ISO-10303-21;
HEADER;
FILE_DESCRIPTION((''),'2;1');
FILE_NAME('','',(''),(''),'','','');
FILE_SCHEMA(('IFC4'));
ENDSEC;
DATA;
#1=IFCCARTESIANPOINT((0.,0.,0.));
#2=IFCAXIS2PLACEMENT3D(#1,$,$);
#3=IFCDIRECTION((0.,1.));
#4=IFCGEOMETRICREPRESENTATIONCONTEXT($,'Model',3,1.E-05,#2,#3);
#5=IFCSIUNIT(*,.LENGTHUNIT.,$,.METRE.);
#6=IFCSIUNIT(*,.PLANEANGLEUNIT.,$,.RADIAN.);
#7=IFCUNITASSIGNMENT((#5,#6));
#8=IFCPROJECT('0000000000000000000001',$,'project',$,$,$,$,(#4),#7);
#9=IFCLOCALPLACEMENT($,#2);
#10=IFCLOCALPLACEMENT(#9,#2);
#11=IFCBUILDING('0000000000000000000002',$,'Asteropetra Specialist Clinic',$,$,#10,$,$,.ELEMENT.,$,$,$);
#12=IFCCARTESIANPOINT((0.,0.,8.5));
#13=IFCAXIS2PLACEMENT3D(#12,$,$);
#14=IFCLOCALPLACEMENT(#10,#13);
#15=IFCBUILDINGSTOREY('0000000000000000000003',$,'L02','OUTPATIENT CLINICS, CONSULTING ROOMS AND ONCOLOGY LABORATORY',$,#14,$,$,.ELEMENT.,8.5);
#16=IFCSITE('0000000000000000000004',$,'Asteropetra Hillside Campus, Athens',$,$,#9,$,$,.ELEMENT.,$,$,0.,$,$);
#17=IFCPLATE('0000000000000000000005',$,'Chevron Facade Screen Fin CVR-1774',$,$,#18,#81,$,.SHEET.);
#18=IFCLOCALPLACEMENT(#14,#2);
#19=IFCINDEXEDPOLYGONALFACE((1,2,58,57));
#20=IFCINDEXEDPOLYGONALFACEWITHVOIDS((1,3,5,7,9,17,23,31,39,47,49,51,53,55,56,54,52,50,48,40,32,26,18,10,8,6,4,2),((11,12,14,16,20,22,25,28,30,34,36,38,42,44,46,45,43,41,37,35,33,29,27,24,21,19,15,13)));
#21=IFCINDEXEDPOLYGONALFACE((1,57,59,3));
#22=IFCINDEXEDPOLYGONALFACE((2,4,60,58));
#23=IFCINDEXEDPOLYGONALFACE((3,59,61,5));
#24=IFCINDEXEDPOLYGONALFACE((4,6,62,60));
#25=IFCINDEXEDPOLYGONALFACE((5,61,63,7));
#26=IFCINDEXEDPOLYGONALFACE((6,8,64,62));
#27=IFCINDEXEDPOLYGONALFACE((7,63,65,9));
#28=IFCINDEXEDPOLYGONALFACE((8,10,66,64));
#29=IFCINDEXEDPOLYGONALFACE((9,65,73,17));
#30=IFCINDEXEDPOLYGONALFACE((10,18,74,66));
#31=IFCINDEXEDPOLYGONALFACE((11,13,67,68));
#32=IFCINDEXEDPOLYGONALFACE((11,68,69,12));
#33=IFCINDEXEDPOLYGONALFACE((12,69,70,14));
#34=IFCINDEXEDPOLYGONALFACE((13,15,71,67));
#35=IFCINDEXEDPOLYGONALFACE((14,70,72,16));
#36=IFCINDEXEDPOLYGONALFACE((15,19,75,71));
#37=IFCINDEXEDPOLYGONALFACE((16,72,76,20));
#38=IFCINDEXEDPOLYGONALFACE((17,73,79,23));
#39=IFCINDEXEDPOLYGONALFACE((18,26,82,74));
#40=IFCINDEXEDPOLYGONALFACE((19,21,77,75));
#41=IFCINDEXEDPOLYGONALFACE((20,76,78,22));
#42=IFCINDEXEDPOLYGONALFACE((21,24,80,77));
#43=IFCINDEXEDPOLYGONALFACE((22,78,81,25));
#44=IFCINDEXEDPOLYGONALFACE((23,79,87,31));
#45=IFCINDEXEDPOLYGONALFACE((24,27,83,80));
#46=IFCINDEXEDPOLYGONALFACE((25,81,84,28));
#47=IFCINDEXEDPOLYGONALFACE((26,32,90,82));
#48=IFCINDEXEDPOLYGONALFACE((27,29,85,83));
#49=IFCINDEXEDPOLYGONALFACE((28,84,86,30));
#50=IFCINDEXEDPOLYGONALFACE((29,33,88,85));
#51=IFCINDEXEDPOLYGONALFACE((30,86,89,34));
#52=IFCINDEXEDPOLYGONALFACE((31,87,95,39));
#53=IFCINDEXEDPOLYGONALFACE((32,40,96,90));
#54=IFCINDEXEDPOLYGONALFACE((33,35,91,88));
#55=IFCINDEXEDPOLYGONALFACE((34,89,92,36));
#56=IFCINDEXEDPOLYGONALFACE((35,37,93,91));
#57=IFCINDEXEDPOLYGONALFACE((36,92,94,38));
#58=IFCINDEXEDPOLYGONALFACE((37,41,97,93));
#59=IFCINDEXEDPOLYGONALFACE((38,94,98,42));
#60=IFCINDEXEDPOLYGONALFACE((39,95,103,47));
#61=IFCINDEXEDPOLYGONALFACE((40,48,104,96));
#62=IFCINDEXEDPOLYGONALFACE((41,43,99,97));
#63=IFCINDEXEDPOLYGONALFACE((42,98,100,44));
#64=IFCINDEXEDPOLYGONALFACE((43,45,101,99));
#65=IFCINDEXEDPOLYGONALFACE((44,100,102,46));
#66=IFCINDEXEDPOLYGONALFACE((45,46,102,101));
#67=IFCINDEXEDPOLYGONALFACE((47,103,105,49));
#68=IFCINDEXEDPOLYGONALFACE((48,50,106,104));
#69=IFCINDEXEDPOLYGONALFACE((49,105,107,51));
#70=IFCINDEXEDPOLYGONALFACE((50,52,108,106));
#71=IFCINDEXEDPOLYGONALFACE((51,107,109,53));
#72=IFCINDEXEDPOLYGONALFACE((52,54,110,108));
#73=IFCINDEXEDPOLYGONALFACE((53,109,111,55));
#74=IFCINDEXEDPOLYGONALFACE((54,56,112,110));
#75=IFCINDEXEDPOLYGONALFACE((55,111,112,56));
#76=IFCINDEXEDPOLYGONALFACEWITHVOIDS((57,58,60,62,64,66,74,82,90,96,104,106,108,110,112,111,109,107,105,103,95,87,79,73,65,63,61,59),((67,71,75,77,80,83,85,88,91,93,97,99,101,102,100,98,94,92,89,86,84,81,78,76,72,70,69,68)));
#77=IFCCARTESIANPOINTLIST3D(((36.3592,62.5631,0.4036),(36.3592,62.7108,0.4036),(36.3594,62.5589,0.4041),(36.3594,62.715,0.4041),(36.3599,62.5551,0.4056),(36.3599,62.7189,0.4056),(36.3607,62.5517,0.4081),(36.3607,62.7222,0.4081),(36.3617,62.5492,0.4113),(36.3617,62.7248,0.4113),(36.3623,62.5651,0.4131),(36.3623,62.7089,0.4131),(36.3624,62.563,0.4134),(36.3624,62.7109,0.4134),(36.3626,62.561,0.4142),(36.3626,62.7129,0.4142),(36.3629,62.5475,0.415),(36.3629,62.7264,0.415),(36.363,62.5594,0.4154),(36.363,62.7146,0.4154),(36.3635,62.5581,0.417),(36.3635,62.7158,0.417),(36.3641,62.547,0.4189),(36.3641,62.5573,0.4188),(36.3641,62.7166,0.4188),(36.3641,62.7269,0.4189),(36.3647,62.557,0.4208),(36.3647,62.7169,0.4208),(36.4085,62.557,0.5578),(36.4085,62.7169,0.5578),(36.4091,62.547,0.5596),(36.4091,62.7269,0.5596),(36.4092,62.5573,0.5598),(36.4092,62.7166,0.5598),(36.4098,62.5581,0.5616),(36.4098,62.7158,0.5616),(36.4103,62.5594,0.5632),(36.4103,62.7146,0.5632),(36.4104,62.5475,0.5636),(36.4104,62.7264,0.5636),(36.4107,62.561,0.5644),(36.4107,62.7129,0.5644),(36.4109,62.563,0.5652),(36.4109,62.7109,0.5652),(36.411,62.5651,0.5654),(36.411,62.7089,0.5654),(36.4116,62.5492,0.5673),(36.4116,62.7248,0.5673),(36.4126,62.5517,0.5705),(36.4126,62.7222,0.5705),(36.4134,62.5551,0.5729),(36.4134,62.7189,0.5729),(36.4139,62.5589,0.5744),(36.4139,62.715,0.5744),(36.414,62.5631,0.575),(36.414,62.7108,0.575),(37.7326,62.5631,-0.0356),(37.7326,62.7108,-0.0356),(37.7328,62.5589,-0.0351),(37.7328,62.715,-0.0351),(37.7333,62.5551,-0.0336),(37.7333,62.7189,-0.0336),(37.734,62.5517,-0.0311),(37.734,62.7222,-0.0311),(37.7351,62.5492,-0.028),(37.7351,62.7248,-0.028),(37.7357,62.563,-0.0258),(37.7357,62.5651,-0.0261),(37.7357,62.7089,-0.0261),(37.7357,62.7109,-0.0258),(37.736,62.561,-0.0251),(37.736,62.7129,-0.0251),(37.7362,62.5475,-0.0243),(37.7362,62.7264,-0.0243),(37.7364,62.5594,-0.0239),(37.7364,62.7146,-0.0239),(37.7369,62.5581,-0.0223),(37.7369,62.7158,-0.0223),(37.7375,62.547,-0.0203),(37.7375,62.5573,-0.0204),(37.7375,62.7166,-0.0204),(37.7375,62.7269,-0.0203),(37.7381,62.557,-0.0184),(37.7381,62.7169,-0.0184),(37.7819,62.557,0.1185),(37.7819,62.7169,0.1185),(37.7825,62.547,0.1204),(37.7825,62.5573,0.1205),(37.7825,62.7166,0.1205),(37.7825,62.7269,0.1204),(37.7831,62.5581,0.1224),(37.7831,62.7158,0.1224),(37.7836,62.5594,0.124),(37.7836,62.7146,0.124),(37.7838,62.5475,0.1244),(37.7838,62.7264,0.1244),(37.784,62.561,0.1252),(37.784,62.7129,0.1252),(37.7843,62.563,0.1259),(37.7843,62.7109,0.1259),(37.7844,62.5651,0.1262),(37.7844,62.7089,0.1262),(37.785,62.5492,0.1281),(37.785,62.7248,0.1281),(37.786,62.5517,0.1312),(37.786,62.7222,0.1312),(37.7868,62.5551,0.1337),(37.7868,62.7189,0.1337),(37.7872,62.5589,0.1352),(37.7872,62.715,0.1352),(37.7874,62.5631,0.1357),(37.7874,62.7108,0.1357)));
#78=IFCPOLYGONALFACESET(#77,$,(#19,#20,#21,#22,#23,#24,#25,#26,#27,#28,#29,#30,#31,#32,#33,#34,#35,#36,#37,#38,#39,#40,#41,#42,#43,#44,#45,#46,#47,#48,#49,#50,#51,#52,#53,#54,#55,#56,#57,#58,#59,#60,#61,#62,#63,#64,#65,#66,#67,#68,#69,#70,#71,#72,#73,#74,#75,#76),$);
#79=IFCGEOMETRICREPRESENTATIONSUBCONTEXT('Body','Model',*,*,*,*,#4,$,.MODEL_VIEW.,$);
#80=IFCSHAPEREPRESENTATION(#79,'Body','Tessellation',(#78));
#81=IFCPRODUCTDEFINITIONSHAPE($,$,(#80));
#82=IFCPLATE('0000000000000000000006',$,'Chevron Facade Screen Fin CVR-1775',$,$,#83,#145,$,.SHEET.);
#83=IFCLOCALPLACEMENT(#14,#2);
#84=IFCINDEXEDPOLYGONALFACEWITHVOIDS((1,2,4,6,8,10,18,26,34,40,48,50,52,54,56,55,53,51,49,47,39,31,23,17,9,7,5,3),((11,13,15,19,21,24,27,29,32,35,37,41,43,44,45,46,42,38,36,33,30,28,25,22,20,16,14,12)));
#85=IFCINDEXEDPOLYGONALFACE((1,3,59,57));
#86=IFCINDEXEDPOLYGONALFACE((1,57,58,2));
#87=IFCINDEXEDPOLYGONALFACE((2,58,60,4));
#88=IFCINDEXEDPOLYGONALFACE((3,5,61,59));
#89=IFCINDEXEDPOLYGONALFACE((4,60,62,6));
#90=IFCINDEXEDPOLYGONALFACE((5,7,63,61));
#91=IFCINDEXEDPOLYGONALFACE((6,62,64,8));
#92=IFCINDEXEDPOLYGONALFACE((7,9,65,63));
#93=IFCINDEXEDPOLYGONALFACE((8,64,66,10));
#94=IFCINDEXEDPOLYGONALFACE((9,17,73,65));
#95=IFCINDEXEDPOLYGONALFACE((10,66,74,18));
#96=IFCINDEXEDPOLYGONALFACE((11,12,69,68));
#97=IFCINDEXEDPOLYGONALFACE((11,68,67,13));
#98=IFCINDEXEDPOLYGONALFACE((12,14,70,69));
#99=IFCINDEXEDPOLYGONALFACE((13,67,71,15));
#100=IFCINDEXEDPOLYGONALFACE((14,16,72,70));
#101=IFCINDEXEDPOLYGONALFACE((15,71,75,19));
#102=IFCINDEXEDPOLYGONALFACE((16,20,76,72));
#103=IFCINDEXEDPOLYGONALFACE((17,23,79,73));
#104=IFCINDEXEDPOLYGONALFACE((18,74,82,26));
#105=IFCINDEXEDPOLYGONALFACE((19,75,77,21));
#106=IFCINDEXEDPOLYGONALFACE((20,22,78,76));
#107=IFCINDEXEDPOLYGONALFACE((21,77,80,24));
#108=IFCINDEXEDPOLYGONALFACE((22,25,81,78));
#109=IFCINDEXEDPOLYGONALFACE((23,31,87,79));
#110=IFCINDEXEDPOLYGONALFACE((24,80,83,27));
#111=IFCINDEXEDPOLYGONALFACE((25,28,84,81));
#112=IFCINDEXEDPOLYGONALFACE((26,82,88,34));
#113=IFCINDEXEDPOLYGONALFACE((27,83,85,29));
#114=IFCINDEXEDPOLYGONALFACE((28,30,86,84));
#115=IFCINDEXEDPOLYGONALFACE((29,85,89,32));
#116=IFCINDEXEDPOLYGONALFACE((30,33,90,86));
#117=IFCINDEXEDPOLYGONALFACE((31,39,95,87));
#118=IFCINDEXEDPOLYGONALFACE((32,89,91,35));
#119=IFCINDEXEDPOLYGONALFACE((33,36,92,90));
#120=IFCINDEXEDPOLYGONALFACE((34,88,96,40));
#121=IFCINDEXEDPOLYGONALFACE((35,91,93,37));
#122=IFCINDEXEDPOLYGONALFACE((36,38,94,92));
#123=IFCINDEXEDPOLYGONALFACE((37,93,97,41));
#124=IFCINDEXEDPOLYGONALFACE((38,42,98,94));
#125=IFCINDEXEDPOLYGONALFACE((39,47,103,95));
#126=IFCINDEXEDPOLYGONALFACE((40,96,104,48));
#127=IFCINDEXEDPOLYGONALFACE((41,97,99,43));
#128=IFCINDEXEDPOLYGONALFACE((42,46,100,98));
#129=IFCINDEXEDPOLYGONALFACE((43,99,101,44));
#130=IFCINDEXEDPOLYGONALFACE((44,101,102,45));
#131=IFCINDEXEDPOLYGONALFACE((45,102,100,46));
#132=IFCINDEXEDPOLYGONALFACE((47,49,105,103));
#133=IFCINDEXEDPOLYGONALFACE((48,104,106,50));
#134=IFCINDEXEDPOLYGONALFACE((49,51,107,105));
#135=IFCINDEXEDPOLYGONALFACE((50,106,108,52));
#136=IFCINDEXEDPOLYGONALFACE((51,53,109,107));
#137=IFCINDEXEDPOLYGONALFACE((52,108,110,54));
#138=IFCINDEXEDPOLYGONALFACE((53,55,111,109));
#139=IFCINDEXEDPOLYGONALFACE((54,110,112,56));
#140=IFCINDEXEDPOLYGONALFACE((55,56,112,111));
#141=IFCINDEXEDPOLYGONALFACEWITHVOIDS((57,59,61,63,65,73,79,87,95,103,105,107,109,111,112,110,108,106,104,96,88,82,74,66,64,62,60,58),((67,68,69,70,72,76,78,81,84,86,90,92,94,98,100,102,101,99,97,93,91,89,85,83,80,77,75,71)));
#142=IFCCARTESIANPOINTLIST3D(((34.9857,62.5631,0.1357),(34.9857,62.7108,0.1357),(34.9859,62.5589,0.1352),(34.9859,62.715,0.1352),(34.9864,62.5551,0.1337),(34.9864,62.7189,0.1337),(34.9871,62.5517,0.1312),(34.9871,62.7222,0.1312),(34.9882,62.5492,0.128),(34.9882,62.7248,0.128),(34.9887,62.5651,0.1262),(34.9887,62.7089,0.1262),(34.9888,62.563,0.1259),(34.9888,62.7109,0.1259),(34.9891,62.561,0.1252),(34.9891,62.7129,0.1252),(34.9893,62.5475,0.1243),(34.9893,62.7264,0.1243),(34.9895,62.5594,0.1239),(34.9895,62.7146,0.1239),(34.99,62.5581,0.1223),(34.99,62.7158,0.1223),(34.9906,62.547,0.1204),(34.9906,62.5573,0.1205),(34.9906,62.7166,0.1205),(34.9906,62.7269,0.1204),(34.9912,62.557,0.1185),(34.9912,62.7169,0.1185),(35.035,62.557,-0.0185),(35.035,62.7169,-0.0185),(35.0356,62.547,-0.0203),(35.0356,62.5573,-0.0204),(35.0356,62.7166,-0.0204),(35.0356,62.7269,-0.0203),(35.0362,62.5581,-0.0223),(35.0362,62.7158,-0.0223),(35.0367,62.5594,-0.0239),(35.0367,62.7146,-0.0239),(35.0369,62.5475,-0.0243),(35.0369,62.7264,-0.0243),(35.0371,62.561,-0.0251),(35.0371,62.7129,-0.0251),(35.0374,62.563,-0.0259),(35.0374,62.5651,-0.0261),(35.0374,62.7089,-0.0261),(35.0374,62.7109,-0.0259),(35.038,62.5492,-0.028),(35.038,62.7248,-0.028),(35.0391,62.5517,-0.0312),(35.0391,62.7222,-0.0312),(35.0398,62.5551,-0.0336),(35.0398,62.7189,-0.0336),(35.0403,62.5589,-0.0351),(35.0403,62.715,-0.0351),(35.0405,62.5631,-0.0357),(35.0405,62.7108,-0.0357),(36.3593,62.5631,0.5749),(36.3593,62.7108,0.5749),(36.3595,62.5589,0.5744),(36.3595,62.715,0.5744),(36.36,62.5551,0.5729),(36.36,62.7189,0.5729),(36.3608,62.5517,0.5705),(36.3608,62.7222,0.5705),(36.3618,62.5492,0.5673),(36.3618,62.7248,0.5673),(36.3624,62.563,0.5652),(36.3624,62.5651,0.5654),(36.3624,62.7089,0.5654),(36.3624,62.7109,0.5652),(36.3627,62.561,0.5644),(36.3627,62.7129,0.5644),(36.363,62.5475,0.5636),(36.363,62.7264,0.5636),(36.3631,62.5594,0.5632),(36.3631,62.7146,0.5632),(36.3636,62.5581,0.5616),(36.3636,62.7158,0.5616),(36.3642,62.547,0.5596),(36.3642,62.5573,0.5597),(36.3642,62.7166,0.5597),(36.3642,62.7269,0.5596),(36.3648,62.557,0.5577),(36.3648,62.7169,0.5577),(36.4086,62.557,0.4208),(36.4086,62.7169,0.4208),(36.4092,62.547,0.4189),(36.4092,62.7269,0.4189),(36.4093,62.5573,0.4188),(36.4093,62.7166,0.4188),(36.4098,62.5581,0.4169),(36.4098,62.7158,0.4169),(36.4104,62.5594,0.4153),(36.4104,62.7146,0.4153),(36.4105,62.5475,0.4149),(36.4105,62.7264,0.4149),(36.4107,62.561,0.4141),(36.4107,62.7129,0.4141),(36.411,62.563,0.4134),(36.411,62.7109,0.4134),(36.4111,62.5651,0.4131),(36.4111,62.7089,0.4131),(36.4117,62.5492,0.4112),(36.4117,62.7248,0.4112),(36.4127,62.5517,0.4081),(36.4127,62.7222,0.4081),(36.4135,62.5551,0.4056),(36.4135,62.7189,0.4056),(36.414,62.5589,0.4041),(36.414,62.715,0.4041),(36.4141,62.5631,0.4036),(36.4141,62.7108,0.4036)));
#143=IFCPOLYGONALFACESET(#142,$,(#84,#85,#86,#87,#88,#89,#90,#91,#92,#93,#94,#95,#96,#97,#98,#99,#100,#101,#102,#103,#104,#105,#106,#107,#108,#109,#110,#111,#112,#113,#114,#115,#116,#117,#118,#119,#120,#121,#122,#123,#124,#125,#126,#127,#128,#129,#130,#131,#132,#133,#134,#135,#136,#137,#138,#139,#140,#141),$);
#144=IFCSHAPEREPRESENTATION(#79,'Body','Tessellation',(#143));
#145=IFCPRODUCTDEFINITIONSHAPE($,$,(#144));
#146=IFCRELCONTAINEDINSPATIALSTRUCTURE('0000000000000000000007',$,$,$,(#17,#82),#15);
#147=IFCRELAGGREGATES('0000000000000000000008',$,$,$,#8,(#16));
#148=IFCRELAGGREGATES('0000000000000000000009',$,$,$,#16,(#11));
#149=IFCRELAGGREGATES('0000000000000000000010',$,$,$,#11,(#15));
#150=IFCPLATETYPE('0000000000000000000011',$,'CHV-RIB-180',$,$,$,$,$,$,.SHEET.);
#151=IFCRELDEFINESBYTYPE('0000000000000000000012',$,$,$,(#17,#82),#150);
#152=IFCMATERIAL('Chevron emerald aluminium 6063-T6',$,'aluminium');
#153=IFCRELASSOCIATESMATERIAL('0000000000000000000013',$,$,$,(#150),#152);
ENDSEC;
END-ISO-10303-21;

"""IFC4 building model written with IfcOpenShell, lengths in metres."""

from ifc_helpers import new_model, si_unit, direction, frame, origin, origin_2d, place, context, subcontext, project, spatial, hollow_rectangle, extrude, material, material_profile, profile_set, type_object, element, save


model = new_model("IFC4")

# Units and contexts
model_context = context("Model", 3, precision=1e-05, world=origin(), true_north=direction((0.0, 1.0)))
body_context = subcontext(model_context, "Body", "Model", "MODEL_VIEW")
ifc_project = project(units=[si_unit("LENGTHUNIT", "METRE"), si_unit("PLANEANGLEUNIT", "RADIAN")], contexts=[model_context])

# Site, building, storey
site_placement = place(None, origin())
site = spatial("IfcSite", under=ifc_project, at=site_placement, Name="Asteropetra Hillside Campus, Athens", CompositionType="ELEMENT", RefElevation=0.0)
building_placement = place(site_placement, origin())
building = spatial("IfcBuilding", under=site, at=building_placement, Name="Asteropetra Specialist Clinic", CompositionType="ELEMENT")
storey_placement = place(building_placement, frame((0.0, 0.0, 8.5)))
storey = spatial("IfcBuildingStorey", under=building, at=storey_placement, Name="L02", Description="OUTPATIENT CLINICS, CONSULTING ROOMS AND ONCOLOGY LABORATORY", CompositionType="ELEMENT", Elevation=8.5)

# Plates
ifc_material_1 = material(Name="Chevron emerald aluminium 6063-T6", Category="aluminium")
ifc_material_profile = material_profile(ifc_material_1, hollow_rectangle(XDim=0.1799, YDim=0.1799, WallThickness=0.01, InnerFilletRadius=0.0081, OuterFilletRadius=0.0161, at=origin_2d()), Name="SHS 180x180x10.0")
ifc_profile_set = profile_set([ifc_material_profile], Name="Chevron emerald aluminium 6063-T6")
plate_type_1 = type_object("IfcPlateType", Name="CHV-RIB-180", PredefinedType="SHEET", material=ifc_profile_set)
plate_1_placement = place(storey_placement, frame((37.76, 62.637, 0.05), z_axis=(-0.952473, 0.0, 0.304622), x_axis=(0.0, -1.0, 0.0)))
element("IfcPlate", 1, at=plate_1_placement, inside=storey, type_object=plate_type_1, Name="Chevron Facade Screen Fin CVR-1774", PredefinedType="SHEET", context=body_context, shape_type="SweptSolid", body=[
    extrude(hollow_rectangle(XDim=0.1799, YDim=0.1799, WallThickness=0.01, InnerFilletRadius=0.0081, OuterFilletRadius=0.0161, at=origin_2d()), origin(), (0.0, 0.0, 1.0), 1.4419),
])
plate_2_placement = place(storey_placement, frame((36.3867, 62.637, 0.4893), z_axis=(-0.952489, 0.0, -0.304573), x_axis=(0.0, -1.0, 0.0)))
element("IfcPlate", 2, at=plate_2_placement, inside=storey, type_object=plate_type_1, Name="Chevron Facade Screen Fin CVR-1775", PredefinedType="SHEET", context=body_context, shape_type="SweptSolid", body=[
    extrude(hollow_rectangle(XDim=0.1799, YDim=0.1799, WallThickness=0.01, InnerFilletRadius=0.0081, OuterFilletRadius=0.0161, at=origin_2d()), origin(), (0.0, 0.0, 1.0), 1.4421),
])

save(model, "model.ifc")
